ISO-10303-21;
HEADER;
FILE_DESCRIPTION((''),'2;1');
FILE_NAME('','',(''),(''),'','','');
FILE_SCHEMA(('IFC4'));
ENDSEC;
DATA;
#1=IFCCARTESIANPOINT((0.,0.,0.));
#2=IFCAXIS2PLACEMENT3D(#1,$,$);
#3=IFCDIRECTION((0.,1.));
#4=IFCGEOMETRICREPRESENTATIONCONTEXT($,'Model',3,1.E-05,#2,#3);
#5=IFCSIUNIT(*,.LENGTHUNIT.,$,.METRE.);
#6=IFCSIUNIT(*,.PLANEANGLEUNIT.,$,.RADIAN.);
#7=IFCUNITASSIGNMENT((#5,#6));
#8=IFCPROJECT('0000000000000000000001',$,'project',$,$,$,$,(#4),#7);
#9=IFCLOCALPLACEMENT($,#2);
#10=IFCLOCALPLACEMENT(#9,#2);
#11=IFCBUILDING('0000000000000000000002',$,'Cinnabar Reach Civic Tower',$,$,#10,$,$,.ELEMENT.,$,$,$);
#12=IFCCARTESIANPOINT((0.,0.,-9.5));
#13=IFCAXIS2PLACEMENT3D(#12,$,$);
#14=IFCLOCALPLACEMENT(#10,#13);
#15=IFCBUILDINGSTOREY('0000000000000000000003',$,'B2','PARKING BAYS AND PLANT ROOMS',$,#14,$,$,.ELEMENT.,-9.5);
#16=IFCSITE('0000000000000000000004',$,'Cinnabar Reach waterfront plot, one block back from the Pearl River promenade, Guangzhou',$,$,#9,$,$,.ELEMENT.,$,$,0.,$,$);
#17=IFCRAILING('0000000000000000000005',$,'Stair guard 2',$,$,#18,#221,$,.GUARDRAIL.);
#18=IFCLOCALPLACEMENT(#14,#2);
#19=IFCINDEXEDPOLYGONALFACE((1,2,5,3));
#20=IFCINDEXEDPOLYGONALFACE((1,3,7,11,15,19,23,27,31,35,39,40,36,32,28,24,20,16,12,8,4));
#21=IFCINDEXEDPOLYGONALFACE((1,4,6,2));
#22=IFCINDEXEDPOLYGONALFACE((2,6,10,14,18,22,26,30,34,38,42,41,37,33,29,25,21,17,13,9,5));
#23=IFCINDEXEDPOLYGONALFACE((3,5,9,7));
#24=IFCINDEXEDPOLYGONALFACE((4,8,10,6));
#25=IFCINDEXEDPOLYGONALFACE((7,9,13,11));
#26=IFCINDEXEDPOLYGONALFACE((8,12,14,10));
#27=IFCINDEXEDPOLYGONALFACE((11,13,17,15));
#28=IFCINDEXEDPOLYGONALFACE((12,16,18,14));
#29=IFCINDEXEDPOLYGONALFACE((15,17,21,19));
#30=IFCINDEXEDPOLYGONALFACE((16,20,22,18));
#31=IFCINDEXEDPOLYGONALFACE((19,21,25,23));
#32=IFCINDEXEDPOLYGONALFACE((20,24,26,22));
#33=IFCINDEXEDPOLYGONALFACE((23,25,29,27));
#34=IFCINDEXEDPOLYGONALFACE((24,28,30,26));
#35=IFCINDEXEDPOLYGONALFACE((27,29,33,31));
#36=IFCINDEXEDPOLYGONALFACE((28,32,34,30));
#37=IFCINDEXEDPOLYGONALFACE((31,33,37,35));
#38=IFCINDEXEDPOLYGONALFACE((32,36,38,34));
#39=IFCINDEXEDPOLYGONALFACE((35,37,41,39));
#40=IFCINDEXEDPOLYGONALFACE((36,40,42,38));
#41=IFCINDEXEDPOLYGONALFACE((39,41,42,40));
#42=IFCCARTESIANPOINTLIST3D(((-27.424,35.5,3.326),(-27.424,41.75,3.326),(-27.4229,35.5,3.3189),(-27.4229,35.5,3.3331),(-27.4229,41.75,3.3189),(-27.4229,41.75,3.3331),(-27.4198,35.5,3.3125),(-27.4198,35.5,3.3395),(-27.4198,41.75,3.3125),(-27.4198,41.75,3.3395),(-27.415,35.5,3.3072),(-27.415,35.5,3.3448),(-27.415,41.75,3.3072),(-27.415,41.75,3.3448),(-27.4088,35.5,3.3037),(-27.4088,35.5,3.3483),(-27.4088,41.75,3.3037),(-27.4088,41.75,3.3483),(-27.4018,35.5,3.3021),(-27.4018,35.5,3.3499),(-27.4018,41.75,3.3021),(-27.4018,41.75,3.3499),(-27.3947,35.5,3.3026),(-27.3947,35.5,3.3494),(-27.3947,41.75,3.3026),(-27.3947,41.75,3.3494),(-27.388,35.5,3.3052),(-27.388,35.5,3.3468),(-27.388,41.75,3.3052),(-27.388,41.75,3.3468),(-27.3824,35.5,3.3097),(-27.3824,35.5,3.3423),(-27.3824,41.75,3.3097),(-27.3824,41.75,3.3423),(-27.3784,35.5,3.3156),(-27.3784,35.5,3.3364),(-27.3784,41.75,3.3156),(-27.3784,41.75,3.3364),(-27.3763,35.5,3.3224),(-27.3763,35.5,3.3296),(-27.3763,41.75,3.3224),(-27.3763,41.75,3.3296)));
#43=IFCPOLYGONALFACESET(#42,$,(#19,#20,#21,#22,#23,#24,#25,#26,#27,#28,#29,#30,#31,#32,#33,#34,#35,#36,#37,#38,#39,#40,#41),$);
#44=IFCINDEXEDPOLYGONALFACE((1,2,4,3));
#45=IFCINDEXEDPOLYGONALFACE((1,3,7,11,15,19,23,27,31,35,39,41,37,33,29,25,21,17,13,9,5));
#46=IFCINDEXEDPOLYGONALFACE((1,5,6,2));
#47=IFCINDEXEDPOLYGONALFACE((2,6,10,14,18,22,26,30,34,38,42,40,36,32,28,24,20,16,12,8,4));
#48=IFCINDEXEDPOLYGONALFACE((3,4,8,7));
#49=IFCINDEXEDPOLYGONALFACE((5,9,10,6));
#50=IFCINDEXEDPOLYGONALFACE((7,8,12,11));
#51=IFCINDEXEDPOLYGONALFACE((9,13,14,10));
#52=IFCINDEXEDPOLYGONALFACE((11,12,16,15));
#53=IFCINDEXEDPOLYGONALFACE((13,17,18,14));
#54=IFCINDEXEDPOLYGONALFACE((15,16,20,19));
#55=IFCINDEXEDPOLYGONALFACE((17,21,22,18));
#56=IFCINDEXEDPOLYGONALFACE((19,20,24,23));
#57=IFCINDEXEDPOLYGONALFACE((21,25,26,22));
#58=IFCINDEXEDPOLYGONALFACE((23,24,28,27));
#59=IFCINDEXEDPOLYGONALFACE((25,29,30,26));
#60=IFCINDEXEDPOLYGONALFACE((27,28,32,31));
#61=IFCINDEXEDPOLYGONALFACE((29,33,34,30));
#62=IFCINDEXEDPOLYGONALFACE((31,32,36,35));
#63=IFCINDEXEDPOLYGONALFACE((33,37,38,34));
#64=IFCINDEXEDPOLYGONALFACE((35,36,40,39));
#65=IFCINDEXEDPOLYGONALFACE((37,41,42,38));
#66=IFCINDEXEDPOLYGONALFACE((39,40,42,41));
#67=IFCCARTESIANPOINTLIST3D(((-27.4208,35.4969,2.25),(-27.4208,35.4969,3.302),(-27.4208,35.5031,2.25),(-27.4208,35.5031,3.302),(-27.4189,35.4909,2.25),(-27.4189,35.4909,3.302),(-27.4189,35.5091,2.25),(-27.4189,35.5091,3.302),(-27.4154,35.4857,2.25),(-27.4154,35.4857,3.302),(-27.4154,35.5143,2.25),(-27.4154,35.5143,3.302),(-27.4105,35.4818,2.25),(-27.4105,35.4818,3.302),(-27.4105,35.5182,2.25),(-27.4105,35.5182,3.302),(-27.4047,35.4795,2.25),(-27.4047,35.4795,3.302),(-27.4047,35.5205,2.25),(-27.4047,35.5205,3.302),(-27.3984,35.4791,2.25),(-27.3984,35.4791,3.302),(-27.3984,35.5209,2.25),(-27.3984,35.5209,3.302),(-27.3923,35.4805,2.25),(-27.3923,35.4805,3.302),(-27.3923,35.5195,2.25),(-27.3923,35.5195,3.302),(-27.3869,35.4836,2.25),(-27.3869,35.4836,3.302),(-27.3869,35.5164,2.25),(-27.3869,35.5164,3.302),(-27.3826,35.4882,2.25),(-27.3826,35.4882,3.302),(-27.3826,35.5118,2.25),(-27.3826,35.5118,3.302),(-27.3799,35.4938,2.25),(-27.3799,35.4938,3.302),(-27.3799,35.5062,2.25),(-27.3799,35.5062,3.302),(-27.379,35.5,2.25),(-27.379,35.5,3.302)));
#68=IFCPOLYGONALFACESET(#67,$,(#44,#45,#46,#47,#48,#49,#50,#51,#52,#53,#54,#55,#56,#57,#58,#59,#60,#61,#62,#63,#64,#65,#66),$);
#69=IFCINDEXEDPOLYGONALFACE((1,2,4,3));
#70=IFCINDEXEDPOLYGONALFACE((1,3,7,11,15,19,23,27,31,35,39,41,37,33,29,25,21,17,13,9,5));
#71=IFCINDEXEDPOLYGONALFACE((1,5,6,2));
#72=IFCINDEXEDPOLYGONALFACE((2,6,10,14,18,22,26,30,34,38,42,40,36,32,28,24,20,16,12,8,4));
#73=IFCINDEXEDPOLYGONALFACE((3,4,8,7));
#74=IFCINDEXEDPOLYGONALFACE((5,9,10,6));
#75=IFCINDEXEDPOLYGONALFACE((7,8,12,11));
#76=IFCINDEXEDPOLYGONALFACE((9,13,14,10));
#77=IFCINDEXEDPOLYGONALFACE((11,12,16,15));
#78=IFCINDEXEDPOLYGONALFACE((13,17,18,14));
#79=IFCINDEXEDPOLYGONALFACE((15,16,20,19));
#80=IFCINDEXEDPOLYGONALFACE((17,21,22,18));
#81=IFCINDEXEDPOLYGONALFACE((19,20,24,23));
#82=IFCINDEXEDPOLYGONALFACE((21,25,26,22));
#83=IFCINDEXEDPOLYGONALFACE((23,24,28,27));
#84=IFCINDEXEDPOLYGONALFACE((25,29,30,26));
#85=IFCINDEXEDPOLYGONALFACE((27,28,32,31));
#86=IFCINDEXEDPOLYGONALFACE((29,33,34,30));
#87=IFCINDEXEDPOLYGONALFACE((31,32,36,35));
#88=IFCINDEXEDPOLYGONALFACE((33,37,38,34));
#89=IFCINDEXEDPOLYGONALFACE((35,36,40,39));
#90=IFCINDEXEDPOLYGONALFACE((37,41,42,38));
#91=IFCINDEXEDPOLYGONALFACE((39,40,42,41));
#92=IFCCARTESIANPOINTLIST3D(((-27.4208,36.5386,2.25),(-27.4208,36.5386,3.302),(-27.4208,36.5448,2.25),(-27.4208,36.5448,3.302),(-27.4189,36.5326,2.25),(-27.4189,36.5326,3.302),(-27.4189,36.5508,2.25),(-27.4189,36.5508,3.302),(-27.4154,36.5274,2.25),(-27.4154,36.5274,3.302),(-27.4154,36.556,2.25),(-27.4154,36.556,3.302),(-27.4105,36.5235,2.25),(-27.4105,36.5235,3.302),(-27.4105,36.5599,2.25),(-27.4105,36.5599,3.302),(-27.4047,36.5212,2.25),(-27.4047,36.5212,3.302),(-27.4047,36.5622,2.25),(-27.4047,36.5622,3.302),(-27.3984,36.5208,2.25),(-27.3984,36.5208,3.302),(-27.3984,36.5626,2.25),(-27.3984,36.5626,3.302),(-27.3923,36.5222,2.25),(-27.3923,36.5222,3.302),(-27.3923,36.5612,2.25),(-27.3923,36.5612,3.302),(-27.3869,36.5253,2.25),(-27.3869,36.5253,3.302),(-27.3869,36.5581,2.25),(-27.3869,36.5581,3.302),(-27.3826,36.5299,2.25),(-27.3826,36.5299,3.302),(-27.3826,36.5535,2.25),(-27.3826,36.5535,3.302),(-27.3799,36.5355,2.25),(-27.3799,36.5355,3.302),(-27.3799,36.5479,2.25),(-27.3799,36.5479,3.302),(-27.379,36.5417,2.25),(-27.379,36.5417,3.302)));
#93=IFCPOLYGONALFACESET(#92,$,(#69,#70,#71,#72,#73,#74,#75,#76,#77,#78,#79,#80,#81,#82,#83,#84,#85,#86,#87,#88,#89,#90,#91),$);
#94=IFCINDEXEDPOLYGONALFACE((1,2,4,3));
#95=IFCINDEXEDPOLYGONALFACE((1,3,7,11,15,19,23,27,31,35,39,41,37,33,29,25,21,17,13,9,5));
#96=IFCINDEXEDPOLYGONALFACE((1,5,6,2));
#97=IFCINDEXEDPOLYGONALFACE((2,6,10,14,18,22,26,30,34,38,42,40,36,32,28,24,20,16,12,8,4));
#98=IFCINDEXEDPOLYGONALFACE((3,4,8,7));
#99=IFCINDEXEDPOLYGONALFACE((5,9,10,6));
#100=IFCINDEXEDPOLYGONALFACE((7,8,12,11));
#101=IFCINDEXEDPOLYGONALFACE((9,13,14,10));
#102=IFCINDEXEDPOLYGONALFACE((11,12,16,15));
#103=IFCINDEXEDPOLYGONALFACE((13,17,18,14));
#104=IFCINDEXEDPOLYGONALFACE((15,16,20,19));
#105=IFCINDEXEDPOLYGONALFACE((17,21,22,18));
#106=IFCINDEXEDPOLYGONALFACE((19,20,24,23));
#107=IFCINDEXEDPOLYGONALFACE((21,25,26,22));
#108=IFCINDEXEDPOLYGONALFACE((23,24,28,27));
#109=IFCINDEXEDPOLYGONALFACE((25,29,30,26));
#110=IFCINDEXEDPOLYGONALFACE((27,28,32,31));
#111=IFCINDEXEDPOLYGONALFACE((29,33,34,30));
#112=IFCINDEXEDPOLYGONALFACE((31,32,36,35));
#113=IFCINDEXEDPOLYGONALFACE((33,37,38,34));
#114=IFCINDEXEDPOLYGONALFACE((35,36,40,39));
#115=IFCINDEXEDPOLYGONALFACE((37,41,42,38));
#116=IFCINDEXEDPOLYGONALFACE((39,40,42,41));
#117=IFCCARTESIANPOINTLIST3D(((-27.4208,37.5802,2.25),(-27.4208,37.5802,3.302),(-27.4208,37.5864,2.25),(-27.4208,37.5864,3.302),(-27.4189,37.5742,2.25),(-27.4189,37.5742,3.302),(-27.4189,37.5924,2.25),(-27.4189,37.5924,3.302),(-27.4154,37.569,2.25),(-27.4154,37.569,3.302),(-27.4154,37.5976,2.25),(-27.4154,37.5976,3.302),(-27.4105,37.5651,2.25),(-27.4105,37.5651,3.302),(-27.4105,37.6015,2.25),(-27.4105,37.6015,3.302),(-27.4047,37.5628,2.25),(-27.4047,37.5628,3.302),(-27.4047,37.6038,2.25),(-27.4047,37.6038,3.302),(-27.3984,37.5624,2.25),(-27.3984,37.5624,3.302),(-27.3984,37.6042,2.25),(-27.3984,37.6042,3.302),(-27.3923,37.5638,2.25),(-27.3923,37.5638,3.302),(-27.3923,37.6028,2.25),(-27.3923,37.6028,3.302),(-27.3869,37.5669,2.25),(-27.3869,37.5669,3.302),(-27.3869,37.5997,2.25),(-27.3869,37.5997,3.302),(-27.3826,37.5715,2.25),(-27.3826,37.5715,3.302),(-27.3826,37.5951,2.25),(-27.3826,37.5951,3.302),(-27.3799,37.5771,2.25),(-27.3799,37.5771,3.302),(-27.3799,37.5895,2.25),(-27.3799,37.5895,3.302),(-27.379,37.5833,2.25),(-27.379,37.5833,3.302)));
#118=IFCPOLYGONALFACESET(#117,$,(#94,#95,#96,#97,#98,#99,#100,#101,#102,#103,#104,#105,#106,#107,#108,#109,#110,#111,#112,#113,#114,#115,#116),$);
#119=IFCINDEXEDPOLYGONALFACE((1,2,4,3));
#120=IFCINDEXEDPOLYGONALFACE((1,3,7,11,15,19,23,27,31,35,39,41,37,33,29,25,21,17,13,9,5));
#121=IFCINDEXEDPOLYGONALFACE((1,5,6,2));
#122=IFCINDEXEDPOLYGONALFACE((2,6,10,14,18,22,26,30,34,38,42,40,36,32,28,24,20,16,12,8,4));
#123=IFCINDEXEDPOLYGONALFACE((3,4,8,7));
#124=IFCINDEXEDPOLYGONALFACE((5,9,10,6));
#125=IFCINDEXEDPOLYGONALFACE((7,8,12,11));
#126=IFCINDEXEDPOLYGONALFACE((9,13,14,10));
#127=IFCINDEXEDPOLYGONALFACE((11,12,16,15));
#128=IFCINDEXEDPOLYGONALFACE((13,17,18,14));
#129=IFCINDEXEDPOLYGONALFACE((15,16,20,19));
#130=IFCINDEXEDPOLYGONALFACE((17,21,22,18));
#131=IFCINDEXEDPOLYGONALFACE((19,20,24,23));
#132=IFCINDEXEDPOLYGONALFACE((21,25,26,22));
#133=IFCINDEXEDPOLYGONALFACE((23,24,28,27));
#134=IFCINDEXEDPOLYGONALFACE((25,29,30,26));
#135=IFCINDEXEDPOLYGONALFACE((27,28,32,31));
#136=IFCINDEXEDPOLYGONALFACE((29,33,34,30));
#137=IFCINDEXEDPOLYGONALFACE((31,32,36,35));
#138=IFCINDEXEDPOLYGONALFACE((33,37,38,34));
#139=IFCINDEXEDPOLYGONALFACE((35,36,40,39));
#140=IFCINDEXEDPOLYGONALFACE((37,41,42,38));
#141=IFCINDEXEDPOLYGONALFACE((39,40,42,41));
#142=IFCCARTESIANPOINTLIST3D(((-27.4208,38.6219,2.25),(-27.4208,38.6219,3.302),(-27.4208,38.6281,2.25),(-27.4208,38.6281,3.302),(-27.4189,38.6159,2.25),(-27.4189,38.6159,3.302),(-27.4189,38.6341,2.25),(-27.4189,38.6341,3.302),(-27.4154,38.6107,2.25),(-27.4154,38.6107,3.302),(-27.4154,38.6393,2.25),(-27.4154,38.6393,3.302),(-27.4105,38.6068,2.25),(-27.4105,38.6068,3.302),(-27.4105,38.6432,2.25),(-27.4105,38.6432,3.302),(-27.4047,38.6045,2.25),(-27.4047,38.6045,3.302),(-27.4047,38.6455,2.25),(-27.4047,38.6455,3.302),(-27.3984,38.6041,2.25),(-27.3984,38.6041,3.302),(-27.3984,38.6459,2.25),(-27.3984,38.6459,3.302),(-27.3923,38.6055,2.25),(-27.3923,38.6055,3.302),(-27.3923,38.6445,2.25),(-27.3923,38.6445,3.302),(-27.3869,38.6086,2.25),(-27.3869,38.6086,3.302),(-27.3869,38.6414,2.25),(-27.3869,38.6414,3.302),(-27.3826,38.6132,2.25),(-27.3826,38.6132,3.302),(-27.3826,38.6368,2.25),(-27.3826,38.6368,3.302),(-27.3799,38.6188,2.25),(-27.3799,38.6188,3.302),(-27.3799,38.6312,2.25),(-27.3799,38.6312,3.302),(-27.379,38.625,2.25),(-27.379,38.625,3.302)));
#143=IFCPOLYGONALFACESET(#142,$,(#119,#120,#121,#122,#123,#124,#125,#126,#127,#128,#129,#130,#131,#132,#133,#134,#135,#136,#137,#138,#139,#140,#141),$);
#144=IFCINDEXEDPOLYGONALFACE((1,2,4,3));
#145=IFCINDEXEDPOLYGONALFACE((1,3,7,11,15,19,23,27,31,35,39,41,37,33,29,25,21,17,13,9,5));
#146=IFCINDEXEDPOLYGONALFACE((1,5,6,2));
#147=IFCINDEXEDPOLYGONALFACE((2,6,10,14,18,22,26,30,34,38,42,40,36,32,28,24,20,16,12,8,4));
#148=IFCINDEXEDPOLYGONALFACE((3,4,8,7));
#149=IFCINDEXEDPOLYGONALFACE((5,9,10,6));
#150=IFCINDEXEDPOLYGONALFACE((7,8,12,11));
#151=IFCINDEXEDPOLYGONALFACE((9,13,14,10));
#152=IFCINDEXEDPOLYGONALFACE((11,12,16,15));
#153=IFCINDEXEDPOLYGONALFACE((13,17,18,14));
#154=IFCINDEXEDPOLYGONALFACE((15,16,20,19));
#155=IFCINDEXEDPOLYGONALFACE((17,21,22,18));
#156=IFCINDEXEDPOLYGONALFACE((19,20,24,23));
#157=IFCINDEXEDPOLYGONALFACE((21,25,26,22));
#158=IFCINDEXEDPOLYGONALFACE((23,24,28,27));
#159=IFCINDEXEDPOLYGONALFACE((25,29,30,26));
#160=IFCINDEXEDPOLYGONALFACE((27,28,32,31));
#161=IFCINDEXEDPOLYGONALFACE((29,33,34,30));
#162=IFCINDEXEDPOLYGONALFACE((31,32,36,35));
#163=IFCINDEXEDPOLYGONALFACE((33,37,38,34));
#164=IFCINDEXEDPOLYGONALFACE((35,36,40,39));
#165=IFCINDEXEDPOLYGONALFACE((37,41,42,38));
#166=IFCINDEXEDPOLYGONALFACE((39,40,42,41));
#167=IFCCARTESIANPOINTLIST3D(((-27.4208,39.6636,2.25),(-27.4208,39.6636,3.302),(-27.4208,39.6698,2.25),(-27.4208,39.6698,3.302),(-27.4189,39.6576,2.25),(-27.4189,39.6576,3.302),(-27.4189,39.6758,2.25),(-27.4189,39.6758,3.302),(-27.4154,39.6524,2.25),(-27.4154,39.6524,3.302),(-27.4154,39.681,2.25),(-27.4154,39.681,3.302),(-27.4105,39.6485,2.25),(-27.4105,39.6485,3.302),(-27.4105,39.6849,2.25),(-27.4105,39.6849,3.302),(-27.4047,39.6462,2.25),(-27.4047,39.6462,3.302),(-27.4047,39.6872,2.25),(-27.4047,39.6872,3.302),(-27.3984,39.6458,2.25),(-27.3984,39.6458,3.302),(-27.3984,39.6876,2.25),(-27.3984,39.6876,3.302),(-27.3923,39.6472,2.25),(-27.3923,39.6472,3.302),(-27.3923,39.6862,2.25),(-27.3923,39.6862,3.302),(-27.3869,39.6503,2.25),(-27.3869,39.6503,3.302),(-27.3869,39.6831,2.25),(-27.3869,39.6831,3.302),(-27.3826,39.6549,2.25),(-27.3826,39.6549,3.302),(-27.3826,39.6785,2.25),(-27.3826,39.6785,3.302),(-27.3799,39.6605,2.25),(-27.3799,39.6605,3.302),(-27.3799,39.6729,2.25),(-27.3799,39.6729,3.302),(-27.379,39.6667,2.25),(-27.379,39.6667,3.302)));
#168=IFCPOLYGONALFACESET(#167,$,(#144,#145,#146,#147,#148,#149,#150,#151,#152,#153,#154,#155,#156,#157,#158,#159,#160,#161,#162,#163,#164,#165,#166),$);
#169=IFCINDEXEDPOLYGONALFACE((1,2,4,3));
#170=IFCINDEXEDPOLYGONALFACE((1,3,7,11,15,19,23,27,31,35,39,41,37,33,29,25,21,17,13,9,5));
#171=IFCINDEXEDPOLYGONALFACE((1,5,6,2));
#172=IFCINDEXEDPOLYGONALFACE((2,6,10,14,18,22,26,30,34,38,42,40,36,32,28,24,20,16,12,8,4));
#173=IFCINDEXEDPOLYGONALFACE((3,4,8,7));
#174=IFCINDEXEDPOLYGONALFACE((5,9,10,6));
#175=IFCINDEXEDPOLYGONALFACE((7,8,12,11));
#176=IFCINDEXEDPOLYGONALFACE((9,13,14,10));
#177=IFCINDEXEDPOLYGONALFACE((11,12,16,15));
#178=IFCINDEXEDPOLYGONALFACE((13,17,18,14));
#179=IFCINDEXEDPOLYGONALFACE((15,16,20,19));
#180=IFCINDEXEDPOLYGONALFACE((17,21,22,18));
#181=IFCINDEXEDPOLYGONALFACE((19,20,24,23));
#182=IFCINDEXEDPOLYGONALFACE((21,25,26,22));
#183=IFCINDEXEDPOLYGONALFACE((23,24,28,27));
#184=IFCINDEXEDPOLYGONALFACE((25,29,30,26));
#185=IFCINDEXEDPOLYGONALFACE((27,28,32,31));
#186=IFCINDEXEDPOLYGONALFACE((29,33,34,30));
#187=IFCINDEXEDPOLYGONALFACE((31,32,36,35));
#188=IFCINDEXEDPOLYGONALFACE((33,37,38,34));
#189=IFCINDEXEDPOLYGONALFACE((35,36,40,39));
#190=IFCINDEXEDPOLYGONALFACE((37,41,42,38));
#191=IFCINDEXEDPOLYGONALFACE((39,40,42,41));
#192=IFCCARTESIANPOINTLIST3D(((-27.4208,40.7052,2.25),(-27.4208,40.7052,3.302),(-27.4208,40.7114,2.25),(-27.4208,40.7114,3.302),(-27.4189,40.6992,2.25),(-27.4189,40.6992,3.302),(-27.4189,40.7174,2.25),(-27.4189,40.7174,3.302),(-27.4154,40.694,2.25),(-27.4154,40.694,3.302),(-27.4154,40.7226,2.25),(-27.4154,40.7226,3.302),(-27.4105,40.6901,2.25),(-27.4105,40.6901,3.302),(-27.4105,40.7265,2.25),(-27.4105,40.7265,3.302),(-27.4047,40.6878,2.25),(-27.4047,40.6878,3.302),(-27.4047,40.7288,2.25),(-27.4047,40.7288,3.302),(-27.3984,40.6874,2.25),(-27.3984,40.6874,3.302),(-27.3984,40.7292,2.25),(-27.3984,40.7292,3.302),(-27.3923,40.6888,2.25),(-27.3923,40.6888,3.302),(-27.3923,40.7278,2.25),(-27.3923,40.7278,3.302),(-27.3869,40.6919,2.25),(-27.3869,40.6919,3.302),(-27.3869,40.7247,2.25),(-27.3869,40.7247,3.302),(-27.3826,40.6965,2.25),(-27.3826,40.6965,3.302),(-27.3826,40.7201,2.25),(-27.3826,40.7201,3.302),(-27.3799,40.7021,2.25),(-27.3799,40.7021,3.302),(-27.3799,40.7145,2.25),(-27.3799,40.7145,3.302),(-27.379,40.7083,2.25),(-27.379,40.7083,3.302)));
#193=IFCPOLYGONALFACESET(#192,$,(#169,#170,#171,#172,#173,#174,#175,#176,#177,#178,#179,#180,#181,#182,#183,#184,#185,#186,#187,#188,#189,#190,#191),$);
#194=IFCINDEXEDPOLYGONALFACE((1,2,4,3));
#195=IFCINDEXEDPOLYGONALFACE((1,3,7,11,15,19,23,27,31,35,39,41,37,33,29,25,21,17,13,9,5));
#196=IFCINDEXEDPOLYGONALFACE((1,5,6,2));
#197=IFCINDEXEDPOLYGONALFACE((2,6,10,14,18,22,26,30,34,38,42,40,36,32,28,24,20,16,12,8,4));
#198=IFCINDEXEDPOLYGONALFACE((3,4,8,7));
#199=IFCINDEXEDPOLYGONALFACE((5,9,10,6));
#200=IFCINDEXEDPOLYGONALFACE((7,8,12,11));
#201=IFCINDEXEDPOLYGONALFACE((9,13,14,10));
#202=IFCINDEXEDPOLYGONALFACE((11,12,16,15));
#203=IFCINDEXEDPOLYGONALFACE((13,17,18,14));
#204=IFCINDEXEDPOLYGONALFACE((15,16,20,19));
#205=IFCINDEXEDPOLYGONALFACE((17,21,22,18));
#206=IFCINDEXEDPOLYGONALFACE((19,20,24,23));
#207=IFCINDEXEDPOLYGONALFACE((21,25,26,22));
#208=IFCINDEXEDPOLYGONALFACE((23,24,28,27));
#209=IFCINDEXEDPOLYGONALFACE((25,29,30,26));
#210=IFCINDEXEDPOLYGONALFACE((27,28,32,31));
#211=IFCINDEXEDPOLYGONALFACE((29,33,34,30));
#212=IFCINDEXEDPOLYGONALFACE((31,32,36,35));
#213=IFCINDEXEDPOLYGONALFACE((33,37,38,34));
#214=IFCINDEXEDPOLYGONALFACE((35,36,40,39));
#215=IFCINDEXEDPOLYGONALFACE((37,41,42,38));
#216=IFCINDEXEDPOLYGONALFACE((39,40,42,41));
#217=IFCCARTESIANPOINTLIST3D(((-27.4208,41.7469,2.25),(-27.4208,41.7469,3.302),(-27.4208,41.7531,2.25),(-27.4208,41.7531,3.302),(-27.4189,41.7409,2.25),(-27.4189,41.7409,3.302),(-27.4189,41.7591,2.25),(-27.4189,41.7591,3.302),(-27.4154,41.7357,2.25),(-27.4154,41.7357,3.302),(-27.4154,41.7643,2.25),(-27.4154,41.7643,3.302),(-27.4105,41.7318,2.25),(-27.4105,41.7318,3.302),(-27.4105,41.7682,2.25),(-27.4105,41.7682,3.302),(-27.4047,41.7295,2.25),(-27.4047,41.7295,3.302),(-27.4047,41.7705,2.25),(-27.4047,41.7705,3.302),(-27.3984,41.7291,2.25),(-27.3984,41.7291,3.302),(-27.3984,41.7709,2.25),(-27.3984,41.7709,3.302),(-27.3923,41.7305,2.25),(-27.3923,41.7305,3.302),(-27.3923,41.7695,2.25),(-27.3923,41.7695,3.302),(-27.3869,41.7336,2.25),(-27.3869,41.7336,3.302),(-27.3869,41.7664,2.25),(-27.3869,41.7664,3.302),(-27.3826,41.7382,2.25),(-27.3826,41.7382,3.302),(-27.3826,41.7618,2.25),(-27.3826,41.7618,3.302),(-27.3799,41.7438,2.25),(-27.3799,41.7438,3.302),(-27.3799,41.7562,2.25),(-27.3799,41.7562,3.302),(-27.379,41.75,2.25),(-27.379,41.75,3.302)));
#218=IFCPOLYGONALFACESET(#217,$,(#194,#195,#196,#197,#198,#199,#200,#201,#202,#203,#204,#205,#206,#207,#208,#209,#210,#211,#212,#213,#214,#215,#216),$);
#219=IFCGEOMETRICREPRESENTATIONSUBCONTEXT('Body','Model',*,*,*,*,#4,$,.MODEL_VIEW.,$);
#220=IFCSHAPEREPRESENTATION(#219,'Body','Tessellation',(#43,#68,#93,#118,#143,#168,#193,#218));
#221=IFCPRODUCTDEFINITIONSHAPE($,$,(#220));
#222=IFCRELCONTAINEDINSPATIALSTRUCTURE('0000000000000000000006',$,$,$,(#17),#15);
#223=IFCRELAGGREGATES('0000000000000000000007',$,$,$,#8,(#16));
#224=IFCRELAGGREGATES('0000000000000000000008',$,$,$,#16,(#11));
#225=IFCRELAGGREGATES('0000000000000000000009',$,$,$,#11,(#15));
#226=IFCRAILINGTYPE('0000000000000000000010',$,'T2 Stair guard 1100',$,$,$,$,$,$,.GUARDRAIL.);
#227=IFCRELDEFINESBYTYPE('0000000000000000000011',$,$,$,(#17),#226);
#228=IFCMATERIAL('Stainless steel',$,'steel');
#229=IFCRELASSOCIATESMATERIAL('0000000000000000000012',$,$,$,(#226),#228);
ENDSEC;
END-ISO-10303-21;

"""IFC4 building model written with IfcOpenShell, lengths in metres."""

from ifc_helpers import new_model, si_unit, direction, frame, origin, origin_2d, place, context, subcontext, project, spatial, circle, extrude, material, type_object, element, save


model = new_model("IFC4")

# Units and contexts
model_context = context("Model", 3, precision=1e-05, world=origin(), true_north=direction((0.0, 1.0)))
body_context = subcontext(model_context, "Body", "Model", "MODEL_VIEW")
ifc_project = project(units=[si_unit("LENGTHUNIT", "METRE"), si_unit("PLANEANGLEUNIT", "RADIAN")], contexts=[model_context])

# Site, building, storey
site_placement = place(None, origin())
site = spatial("IfcSite", under=ifc_project, at=site_placement, Name="Cinnabar Reach waterfront plot, one block back from the Pearl River promenade, Guangzhou", CompositionType="ELEMENT", RefElevation=0.0)
building_placement = place(site_placement, origin())
building = spatial("IfcBuilding", under=site, at=building_placement, Name="Cinnabar Reach Civic Tower", CompositionType="ELEMENT")
storey_placement = place(building_placement, frame((0.0, 0.0, -9.5)))
storey = spatial("IfcBuildingStorey", under=building, at=storey_placement, Name="B2", Description="PARKING BAYS AND PLANT ROOMS", CompositionType="ELEMENT", Elevation=-9.5)

# Railing
ifc_material_1 = material(Name="Stainless steel", Category="steel")
railing_type = type_object("IfcRailingType", Name="T2 Stair guard 1100", PredefinedType="GUARDRAIL", material=ifc_material_1)
for number, where, name in (
    (1, (-27.4, 35.5, 2.25), "Stair guard 2"),
):
    element("IfcRailing", number, at=place(storey_placement, frame(where)), inside=storey, type_object=railing_type, Name=name, PredefinedType="GUARDRAIL", context=body_context, shape_type="SweptSolid", body=[
        extrude(circle(Radius=0.024, at=origin_2d()), frame((0.0, 0.0, 1.076), z_axis=(0.0, 1.0, 0.0), x_axis=(-1.0, 0.0, 0.0)), (0.0, 0.0, 1.0), 6.25),
        extrude(circle(Radius=0.021, at=origin_2d()), origin(), (0.0, 0.0, 1.0), 1.052),
        extrude(circle(Radius=0.021, at=origin_2d()), frame((0.0, 1.0417, 0.0)), (0.0, 0.0, 1.0), 1.052),
        extrude(circle(Radius=0.021, at=origin_2d()), frame((0.0, 2.0833, 0.0)), (0.0, 0.0, 1.0), 1.052),
        extrude(circle(Radius=0.021, at=origin_2d()), frame((0.0, 3.125, 0.0)), (0.0, 0.0, 1.0), 1.052),
        extrude(circle(Radius=0.021, at=origin_2d()), frame((0.0, 4.1667, 0.0)), (0.0, 0.0, 1.0), 1.052),
        extrude(circle(Radius=0.021, at=origin_2d()), frame((0.0, 5.2083, 0.0)), (0.0, 0.0, 1.0), 1.052),
        extrude(circle(Radius=0.021, at=origin_2d()), frame((0.0, 6.25, 0.0)), (0.0, 0.0, 1.0), 1.052),
    ])

save(model, "model.ifc")
